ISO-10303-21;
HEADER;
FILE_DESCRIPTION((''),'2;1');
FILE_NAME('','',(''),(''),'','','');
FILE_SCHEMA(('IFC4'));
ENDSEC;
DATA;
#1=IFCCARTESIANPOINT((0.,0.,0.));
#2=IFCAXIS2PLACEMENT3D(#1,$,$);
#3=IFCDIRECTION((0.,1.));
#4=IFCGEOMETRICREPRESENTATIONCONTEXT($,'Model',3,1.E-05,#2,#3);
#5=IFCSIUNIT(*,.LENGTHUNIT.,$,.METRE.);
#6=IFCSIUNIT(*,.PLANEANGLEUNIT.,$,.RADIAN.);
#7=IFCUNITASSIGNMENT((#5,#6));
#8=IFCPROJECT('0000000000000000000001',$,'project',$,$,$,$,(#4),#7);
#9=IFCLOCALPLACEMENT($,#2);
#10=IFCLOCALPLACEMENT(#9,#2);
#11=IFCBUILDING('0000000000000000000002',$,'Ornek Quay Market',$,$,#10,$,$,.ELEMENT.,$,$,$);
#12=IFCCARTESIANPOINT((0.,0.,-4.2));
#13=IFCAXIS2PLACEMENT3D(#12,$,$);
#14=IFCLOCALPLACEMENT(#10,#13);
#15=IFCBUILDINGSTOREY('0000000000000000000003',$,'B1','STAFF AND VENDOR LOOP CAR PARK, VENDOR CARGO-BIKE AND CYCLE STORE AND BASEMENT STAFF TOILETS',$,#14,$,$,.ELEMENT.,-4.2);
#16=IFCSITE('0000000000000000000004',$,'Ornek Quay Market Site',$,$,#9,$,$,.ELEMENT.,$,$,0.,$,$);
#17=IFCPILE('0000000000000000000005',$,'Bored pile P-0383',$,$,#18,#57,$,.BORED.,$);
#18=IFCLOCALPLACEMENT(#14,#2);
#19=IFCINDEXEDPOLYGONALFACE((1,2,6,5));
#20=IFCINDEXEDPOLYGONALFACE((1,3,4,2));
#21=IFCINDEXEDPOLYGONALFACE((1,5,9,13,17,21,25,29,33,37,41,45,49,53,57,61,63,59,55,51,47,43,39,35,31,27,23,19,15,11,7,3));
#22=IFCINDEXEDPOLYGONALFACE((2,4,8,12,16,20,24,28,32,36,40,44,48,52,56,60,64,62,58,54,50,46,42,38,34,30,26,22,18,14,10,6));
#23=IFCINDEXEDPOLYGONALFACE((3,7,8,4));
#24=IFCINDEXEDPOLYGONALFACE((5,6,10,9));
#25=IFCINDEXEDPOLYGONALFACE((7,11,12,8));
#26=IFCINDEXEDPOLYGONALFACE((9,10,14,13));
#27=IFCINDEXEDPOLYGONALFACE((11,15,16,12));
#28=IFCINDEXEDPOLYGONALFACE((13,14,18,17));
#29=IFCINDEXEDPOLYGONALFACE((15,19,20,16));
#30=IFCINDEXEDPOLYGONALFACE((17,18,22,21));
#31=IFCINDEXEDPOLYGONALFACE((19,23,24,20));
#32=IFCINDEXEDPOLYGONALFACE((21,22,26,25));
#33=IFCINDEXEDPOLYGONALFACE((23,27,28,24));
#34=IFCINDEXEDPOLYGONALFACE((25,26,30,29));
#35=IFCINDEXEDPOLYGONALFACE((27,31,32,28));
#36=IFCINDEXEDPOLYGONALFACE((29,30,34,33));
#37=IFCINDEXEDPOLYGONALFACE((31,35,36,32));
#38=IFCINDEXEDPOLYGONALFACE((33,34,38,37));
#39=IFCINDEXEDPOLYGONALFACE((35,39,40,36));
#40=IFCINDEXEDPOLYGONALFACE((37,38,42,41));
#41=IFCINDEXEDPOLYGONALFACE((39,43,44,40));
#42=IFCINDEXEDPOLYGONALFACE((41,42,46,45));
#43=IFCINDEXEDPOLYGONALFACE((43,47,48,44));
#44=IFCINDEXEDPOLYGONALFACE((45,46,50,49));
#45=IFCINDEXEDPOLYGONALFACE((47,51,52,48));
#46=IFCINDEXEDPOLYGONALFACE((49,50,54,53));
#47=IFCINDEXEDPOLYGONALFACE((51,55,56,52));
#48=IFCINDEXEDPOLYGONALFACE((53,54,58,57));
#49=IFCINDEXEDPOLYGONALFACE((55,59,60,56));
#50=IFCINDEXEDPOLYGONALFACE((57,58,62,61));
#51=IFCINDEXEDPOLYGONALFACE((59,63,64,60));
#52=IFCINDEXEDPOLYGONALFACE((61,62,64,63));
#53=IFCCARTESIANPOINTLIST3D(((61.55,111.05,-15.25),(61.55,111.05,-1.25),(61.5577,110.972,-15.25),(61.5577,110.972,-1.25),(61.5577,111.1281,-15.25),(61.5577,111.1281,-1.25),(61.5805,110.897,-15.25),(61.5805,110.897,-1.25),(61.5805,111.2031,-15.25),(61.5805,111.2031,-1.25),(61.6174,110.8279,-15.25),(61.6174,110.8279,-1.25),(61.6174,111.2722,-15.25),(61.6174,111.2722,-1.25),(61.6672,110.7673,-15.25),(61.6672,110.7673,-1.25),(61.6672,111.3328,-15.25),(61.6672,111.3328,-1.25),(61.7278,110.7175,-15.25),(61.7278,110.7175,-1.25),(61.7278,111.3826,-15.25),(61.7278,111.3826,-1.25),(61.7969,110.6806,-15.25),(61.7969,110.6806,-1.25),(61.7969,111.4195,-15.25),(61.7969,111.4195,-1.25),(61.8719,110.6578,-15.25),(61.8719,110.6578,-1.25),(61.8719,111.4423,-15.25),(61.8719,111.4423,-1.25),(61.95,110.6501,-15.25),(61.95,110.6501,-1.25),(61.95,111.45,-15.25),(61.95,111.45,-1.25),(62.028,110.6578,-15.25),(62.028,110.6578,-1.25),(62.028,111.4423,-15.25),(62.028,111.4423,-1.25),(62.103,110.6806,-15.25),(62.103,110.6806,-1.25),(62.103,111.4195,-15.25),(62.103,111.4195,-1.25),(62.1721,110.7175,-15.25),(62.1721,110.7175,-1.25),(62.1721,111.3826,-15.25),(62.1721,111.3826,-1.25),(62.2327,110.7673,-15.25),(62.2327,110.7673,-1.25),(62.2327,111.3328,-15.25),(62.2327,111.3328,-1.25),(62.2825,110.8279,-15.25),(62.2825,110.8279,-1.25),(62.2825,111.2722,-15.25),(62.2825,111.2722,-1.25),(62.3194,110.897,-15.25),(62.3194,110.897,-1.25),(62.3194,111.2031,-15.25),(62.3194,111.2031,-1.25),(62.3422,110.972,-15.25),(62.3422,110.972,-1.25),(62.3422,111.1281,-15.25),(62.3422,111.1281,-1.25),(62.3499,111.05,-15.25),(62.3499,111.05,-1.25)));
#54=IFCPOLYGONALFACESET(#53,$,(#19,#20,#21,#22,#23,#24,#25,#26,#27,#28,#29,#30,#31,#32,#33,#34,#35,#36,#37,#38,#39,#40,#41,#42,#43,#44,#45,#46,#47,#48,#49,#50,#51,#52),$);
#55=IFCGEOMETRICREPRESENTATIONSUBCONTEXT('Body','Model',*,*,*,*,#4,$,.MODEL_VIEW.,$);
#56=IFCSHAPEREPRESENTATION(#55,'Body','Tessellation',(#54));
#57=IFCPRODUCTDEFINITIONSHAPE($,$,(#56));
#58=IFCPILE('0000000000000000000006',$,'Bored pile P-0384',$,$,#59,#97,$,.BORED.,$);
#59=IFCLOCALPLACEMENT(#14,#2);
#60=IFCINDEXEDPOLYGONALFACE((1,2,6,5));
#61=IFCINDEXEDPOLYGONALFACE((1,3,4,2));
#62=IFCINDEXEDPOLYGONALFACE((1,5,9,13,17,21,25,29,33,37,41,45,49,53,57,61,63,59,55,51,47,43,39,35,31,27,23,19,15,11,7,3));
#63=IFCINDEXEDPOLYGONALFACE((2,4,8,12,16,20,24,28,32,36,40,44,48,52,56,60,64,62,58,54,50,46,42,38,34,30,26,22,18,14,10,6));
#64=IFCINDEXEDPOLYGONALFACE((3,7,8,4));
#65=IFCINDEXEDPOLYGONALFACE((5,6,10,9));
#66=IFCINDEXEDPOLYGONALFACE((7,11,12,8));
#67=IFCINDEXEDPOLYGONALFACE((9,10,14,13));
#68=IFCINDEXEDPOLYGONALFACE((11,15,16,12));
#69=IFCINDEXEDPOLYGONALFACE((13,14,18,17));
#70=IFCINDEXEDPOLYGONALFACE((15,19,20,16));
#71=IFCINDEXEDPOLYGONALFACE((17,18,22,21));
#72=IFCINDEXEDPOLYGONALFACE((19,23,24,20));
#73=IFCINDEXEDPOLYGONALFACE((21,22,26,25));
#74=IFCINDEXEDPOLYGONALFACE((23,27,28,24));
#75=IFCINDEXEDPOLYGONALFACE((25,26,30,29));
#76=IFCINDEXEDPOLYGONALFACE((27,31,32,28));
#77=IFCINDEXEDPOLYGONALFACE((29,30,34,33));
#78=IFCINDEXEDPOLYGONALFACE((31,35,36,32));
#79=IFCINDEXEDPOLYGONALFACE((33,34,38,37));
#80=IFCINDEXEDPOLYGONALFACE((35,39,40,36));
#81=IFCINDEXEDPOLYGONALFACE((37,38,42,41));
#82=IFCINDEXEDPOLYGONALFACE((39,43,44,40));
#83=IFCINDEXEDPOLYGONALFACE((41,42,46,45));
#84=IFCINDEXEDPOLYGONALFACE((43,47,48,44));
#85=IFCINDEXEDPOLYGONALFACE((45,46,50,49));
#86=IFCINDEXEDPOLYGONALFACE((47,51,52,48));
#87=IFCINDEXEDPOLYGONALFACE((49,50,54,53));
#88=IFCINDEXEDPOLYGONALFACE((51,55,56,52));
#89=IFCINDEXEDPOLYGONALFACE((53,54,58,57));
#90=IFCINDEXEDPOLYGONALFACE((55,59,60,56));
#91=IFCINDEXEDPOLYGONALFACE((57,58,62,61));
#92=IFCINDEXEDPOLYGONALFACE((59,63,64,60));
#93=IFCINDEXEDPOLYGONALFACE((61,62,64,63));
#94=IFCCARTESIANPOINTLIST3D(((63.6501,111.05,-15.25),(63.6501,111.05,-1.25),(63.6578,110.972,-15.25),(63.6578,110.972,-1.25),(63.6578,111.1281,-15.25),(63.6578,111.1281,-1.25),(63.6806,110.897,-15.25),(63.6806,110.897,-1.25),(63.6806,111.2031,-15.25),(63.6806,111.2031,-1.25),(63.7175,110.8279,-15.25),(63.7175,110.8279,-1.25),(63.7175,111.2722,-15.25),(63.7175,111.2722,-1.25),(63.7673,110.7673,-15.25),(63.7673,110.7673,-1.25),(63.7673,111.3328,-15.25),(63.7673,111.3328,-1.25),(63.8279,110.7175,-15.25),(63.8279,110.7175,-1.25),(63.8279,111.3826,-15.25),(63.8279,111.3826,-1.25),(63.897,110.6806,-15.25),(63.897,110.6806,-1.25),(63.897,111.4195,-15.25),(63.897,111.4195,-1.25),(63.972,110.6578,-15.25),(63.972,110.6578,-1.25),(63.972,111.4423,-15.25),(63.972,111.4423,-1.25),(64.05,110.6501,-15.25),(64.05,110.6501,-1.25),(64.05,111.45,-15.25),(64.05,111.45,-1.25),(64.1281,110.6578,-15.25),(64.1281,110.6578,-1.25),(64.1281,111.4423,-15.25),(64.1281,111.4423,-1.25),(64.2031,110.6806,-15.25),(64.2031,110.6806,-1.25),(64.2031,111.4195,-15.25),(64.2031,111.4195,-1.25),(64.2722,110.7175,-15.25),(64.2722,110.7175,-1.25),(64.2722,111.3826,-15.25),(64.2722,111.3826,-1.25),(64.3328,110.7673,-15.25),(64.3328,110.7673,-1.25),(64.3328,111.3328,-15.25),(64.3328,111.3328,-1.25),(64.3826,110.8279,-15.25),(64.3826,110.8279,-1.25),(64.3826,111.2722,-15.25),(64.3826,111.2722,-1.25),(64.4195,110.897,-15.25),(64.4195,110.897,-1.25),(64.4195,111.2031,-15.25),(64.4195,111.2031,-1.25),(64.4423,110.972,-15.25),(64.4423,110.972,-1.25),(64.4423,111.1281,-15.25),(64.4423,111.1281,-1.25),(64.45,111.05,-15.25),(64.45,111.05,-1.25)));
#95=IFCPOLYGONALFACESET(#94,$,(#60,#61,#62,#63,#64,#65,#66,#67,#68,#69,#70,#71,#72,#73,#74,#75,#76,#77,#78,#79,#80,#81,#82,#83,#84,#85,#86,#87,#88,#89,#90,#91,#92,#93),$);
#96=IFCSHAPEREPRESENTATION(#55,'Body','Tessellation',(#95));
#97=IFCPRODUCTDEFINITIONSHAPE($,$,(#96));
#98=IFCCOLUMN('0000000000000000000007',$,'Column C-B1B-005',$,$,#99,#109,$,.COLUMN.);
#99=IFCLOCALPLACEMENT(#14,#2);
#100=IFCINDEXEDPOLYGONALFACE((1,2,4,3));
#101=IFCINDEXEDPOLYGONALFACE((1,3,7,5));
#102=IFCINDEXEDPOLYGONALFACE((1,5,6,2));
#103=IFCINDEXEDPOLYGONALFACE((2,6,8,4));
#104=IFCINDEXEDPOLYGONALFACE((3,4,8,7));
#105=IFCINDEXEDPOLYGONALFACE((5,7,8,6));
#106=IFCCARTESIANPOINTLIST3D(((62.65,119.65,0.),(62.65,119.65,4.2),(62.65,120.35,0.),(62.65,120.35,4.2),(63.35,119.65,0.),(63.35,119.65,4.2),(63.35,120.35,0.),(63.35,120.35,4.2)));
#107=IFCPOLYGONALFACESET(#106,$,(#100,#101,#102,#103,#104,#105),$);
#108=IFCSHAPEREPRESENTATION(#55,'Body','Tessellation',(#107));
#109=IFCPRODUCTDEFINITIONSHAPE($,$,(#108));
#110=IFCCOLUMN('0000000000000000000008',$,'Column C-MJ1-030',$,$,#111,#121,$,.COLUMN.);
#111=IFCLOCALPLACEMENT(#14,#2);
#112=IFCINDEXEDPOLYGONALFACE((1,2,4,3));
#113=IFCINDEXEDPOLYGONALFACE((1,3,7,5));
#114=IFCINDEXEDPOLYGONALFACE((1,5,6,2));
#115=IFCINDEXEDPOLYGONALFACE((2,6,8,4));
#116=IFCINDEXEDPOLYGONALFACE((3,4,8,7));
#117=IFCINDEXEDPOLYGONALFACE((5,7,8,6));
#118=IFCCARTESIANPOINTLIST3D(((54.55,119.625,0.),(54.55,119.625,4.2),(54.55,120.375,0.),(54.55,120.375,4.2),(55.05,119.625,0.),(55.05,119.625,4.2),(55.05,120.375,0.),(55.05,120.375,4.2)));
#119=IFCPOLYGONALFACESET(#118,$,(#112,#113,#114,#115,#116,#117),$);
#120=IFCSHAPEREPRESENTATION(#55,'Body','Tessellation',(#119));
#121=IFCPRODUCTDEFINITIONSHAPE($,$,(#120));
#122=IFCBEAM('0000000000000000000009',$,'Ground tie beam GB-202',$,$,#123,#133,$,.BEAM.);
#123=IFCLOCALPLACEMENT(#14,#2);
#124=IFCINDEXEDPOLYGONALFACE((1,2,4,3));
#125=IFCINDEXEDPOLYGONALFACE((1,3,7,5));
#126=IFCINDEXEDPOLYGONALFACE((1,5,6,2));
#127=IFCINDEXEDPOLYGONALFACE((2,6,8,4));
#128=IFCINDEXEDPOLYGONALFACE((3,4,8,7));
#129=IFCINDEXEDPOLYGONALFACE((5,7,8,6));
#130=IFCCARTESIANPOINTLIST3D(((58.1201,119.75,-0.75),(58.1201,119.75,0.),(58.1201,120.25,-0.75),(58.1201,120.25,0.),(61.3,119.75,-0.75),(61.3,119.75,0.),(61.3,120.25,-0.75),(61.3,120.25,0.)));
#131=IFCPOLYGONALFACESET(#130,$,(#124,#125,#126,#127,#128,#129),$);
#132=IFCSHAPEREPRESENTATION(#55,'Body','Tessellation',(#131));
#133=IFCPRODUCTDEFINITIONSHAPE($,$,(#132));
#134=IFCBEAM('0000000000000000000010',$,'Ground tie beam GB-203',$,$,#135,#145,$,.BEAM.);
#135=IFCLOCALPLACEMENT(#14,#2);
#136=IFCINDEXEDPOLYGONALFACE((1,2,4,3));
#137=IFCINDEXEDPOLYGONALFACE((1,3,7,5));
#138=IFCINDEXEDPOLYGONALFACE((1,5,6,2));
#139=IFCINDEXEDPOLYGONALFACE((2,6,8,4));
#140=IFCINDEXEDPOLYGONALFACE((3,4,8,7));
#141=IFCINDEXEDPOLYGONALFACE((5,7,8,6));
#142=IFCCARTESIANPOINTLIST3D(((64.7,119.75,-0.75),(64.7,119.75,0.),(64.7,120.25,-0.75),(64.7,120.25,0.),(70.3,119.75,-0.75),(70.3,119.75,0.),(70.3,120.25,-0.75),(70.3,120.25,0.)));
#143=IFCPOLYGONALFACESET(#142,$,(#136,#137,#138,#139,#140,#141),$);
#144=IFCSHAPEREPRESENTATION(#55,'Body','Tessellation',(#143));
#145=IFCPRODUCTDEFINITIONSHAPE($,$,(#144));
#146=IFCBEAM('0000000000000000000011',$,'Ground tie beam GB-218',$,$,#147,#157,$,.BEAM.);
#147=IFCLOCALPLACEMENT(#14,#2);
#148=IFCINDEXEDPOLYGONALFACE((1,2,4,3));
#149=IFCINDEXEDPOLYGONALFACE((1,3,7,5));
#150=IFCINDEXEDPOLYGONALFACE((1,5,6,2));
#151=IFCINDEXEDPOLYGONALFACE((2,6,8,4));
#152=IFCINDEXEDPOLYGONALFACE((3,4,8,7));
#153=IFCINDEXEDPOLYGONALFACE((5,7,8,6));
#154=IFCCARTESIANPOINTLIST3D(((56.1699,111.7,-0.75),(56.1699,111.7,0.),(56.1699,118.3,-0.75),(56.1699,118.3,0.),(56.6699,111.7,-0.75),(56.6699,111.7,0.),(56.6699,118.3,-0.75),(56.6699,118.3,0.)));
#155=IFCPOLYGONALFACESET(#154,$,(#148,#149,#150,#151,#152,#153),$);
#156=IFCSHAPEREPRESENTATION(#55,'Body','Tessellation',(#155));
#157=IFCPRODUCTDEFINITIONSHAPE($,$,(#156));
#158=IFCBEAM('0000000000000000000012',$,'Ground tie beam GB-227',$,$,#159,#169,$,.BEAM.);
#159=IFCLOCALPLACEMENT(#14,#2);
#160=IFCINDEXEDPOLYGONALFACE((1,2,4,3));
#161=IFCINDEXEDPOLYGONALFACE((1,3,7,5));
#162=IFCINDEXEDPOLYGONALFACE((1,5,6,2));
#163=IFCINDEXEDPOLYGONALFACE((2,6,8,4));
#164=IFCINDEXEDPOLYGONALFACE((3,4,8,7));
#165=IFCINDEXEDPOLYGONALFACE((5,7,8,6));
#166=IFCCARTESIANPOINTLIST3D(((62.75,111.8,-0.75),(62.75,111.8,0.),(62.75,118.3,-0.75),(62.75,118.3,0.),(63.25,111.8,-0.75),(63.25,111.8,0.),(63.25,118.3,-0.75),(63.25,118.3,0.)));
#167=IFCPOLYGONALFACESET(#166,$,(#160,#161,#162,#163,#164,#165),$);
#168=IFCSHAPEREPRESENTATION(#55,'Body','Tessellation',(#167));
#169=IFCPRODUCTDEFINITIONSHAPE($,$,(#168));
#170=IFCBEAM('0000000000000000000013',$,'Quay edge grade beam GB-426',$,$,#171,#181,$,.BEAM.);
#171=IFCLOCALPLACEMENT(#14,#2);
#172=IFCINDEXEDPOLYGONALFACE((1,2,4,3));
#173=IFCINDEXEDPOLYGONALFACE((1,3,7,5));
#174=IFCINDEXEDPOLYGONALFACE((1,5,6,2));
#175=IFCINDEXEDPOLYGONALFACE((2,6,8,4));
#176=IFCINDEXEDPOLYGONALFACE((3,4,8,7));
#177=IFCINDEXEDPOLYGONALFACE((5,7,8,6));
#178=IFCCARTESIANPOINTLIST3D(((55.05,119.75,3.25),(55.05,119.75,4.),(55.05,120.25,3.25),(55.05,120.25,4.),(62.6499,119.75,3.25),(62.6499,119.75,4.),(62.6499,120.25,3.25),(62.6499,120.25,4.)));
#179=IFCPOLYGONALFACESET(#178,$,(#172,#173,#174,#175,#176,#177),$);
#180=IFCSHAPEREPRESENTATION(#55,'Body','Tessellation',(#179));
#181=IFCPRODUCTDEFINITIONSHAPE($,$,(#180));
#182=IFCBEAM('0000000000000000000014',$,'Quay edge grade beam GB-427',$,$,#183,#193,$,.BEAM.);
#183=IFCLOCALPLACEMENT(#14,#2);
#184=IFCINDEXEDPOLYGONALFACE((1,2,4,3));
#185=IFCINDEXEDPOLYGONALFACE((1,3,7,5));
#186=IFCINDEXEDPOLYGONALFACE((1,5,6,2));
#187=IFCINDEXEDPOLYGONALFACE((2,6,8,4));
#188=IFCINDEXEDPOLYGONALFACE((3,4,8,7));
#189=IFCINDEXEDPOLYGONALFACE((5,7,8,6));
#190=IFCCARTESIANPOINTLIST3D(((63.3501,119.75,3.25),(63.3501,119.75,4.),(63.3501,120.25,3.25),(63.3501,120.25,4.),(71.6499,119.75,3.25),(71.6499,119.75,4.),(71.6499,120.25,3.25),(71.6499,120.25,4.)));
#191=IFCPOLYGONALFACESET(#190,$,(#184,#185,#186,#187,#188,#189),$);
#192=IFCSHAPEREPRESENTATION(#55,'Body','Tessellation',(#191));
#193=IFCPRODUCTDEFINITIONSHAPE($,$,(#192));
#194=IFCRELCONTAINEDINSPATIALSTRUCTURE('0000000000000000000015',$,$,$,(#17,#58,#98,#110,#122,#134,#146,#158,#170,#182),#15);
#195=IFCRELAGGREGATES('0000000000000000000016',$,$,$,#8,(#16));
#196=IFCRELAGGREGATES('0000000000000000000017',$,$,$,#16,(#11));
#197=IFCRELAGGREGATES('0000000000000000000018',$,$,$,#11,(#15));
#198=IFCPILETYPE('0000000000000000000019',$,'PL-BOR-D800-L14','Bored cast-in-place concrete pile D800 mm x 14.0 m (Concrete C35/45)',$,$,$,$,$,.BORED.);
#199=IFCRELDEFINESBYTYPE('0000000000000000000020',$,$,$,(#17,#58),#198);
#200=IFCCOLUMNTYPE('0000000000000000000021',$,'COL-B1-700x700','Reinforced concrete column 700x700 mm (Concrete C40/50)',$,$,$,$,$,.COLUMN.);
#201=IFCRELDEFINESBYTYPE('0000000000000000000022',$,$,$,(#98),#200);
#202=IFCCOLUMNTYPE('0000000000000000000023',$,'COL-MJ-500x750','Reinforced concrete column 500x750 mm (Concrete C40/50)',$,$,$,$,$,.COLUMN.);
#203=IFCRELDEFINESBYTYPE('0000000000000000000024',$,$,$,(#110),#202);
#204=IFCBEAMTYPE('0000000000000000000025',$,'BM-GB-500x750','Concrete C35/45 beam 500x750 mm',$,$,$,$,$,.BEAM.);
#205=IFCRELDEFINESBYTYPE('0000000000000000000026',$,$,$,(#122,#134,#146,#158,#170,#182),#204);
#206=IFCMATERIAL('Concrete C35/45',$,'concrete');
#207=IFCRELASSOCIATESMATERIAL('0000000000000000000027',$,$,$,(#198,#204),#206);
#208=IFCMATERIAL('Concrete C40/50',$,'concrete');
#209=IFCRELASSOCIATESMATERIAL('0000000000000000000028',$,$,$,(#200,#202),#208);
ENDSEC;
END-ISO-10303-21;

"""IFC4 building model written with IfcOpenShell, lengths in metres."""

from ifc_helpers import new_model, si_unit, direction, frame, origin, origin_2d, place, context, subcontext, project, spatial, rectangle, circle, extrude, material, material_profile, profile_set, type_object, element, save


model = new_model("IFC4")

# Units and contexts
model_context = context("Model", 3, precision=1e-05, world=origin(), true_north=direction((0.0, 1.0)))
body_context = subcontext(model_context, "Body", "Model", "MODEL_VIEW")
ifc_project = project(units=[si_unit("LENGTHUNIT", "METRE"), si_unit("PLANEANGLEUNIT", "RADIAN")], contexts=[model_context])

# Site, building, storey
site_placement = place(None, origin())
site = spatial("IfcSite", under=ifc_project, at=site_placement, Name="Ornek Quay Market Site", CompositionType="ELEMENT", RefElevation=0.0)
building_placement = place(site_placement, origin())
building = spatial("IfcBuilding", under=site, at=building_placement, Name="Ornek Quay Market", CompositionType="ELEMENT")
storey_placement = place(building_placement, frame((0.0, 0.0, -4.2)))
storey = spatial("IfcBuildingStorey", under=building, at=storey_placement, Name="B1", Description="STAFF AND VENDOR LOOP CAR PARK, VENDOR CARGO-BIKE AND CYCLE STORE AND BASEMENT STAFF TOILETS", CompositionType="ELEMENT", Elevation=-4.2)

# Piles
ifc_material_1 = material(Name="Concrete C35/45", Category="concrete")
ifc_material_profile_1 = material_profile(ifc_material_1, circle(Radius=0.3999, at=origin_2d()), Name="PILE D800", Category="concrete")
ifc_profile_set_1 = profile_set([ifc_material_profile_1], Name="Concrete C35/45")
pile_type_1 = type_object("IfcPileType", Name="PL-BOR-D800-L14", Description="Bored cast-in-place concrete pile D800 mm x 14.0 m (Concrete C35/45)", PredefinedType="BORED", material=ifc_profile_set_1)
for number, where, z_axis, x_axis, name in (
    (1, (61.95, 111.05, -1.25), (0.0, 0.0, -1.0), (1.0, 0.0, 0.0), "Bored pile P-0383"),
    (2, (64.05, 111.05, -1.25), (0.0, 0.0, -1.0), (1.0, 0.0, 0.0), "Bored pile P-0384"),
):
    element("IfcPile", number, at=place(storey_placement, frame(where, z_axis=z_axis, x_axis=x_axis)), inside=storey, type_object=pile_type_1, Name=name, PredefinedType="BORED", context=body_context, shape_type="SweptSolid", body=[
        extrude(circle(Radius=0.3999, at=origin_2d()), origin(), (0.0, 0.0, 1.0), 14.0),
    ])

# Columns
ifc_material_2 = material(Name="Concrete C40/50", Category="concrete")
ifc_material_profile_2 = material_profile(ifc_material_2, rectangle(XDim=0.7, YDim=0.7, at=origin_2d()), Name="RC 700x700", Category="concrete")
ifc_profile_set_2 = profile_set([ifc_material_profile_2], Name="Concrete C40/50")
column_type_1 = type_object("IfcColumnType", Name="COL-B1-700x700", Description="Reinforced concrete column 700x700 mm (Concrete C40/50)", PredefinedType="COLUMN", material=ifc_profile_set_2)
column_1_placement = place(storey_placement, frame((63.0, 120.0, 0.0), z_axis=(0.0, 0.0, 1.0), x_axis=(1.0, 0.0, 0.0)))
element("IfcColumn", 3, at=column_1_placement, inside=storey, type_object=column_type_1, Name="Column C-B1B-005", PredefinedType="COLUMN", context=body_context, shape_type="SweptSolid", body=[
    extrude(rectangle(XDim=0.7, YDim=0.7, at=origin_2d()), origin(), (0.0, 0.0, 1.0), 4.2),
])
ifc_material_profile_3 = material_profile(ifc_material_2, rectangle(XDim=0.5, YDim=0.75, at=origin_2d()), Name="RC 500x750", Category="concrete")
ifc_profile_set_3 = profile_set([ifc_material_profile_3], Name="Concrete C40/50")
column_type_2 = type_object("IfcColumnType", Name="COL-MJ-500x750", Description="Reinforced concrete column 500x750 mm (Concrete C40/50)", PredefinedType="COLUMN", material=ifc_profile_set_3)
column_2_placement = place(storey_placement, frame((54.8, 120.0, 0.0), z_axis=(0.0, 0.0, 1.0), x_axis=(1.0, 0.0, 0.0)))
element("IfcColumn", 4, at=column_2_placement, inside=storey, type_object=column_type_2, Name="Column C-MJ1-030", PredefinedType="COLUMN", context=body_context, shape_type="SweptSolid", body=[
    extrude(rectangle(XDim=0.5, YDim=0.75, at=origin_2d()), origin(), (0.0, 0.0, 1.0), 4.2),
])

# Beams
ifc_material_profile_4 = material_profile(ifc_material_1, rectangle(XDim=0.5, YDim=0.75, at=origin_2d()), Name="RC 500x750", Category="concrete")
ifc_profile_set_4 = profile_set([ifc_material_profile_4], Name="Concrete C35/45")
beam_type_1 = type_object("IfcBeamType", Name="BM-GB-500x750", Description="Concrete C35/45 beam 500x750 mm", PredefinedType="BEAM", material=ifc_profile_set_4)
beam_1_placement = place(storey_placement, frame((58.1201, 120.0, -0.375), z_axis=(1.0, 0.0, 0.0), x_axis=(0.0, 1.0, 0.0)))
element("IfcBeam", 5, at=beam_1_placement, inside=storey, type_object=beam_type_1, Name="Ground tie beam GB-202", PredefinedType="BEAM", context=body_context, shape_type="SweptSolid", body=[
    extrude(rectangle(XDim=0.5, YDim=0.75, at=origin_2d()), origin(), (0.0, 0.0, 1.0), 3.1799),
])
beam_2_placement = place(storey_placement, frame((64.7, 120.0, -0.375), z_axis=(1.0, 0.0, 0.0), x_axis=(0.0, 1.0, 0.0)))
element("IfcBeam", 6, at=beam_2_placement, inside=storey, type_object=beam_type_1, Name="Ground tie beam GB-203", PredefinedType="BEAM", context=body_context, shape_type="SweptSolid", body=[
    extrude(rectangle(XDim=0.5, YDim=0.75, at=origin_2d()), origin(), (0.0, 0.0, 1.0), 5.6001),
])
beam_3_placement = place(storey_placement, frame((56.4199, 111.7, -0.375), z_axis=(0.0, 1.0, 0.0), x_axis=(-1.0, 0.0, 0.0)))
element("IfcBeam", 7, at=beam_3_placement, inside=storey, type_object=beam_type_1, Name="Ground tie beam GB-218", PredefinedType="BEAM", context=body_context, shape_type="SweptSolid", body=[
    extrude(rectangle(XDim=0.5, YDim=0.75, at=origin_2d()), origin(), (0.0, 0.0, 1.0), 6.6001),
])
beam_4_placement = place(storey_placement, frame((63.0, 111.8, -0.375), z_axis=(0.0, 1.0, 0.0), x_axis=(-1.0, 0.0, 0.0)))
element("IfcBeam", 8, at=beam_4_placement, inside=storey, type_object=beam_type_1, Name="Ground tie beam GB-227", PredefinedType="BEAM", context=body_context, shape_type="SweptSolid", body=[
    extrude(rectangle(XDim=0.5, YDim=0.75, at=origin_2d()), origin(), (0.0, 0.0, 1.0), 6.5),
])
beam_5_placement = place(storey_placement, frame((55.05, 120.0, 3.625), z_axis=(1.0, 0.0, 0.0), x_axis=(0.0, 1.0, 0.0)))
element("IfcBeam", 9, at=beam_5_placement, inside=storey, type_object=beam_type_1, Name="Quay edge grade beam GB-426", PredefinedType="BEAM", context=body_context, shape_type="SweptSolid", body=[
    extrude(rectangle(XDim=0.5, YDim=0.75, at=origin_2d()), origin(), (0.0, 0.0, 1.0), 7.5999),
])
beam_6_placement = place(storey_placement, frame((63.3501, 120.0, 3.625), z_axis=(1.0, 0.0, 0.0), x_axis=(0.0, 1.0, 0.0)))
element("IfcBeam", 10, at=beam_6_placement, inside=storey, type_object=beam_type_1, Name="Quay edge grade beam GB-427", PredefinedType="BEAM", context=body_context, shape_type="SweptSolid", body=[
    extrude(rectangle(XDim=0.5, YDim=0.75, at=origin_2d()), origin(), (0.0, 0.0, 1.0), 8.2998),
])

save(model, "model.ifc")
